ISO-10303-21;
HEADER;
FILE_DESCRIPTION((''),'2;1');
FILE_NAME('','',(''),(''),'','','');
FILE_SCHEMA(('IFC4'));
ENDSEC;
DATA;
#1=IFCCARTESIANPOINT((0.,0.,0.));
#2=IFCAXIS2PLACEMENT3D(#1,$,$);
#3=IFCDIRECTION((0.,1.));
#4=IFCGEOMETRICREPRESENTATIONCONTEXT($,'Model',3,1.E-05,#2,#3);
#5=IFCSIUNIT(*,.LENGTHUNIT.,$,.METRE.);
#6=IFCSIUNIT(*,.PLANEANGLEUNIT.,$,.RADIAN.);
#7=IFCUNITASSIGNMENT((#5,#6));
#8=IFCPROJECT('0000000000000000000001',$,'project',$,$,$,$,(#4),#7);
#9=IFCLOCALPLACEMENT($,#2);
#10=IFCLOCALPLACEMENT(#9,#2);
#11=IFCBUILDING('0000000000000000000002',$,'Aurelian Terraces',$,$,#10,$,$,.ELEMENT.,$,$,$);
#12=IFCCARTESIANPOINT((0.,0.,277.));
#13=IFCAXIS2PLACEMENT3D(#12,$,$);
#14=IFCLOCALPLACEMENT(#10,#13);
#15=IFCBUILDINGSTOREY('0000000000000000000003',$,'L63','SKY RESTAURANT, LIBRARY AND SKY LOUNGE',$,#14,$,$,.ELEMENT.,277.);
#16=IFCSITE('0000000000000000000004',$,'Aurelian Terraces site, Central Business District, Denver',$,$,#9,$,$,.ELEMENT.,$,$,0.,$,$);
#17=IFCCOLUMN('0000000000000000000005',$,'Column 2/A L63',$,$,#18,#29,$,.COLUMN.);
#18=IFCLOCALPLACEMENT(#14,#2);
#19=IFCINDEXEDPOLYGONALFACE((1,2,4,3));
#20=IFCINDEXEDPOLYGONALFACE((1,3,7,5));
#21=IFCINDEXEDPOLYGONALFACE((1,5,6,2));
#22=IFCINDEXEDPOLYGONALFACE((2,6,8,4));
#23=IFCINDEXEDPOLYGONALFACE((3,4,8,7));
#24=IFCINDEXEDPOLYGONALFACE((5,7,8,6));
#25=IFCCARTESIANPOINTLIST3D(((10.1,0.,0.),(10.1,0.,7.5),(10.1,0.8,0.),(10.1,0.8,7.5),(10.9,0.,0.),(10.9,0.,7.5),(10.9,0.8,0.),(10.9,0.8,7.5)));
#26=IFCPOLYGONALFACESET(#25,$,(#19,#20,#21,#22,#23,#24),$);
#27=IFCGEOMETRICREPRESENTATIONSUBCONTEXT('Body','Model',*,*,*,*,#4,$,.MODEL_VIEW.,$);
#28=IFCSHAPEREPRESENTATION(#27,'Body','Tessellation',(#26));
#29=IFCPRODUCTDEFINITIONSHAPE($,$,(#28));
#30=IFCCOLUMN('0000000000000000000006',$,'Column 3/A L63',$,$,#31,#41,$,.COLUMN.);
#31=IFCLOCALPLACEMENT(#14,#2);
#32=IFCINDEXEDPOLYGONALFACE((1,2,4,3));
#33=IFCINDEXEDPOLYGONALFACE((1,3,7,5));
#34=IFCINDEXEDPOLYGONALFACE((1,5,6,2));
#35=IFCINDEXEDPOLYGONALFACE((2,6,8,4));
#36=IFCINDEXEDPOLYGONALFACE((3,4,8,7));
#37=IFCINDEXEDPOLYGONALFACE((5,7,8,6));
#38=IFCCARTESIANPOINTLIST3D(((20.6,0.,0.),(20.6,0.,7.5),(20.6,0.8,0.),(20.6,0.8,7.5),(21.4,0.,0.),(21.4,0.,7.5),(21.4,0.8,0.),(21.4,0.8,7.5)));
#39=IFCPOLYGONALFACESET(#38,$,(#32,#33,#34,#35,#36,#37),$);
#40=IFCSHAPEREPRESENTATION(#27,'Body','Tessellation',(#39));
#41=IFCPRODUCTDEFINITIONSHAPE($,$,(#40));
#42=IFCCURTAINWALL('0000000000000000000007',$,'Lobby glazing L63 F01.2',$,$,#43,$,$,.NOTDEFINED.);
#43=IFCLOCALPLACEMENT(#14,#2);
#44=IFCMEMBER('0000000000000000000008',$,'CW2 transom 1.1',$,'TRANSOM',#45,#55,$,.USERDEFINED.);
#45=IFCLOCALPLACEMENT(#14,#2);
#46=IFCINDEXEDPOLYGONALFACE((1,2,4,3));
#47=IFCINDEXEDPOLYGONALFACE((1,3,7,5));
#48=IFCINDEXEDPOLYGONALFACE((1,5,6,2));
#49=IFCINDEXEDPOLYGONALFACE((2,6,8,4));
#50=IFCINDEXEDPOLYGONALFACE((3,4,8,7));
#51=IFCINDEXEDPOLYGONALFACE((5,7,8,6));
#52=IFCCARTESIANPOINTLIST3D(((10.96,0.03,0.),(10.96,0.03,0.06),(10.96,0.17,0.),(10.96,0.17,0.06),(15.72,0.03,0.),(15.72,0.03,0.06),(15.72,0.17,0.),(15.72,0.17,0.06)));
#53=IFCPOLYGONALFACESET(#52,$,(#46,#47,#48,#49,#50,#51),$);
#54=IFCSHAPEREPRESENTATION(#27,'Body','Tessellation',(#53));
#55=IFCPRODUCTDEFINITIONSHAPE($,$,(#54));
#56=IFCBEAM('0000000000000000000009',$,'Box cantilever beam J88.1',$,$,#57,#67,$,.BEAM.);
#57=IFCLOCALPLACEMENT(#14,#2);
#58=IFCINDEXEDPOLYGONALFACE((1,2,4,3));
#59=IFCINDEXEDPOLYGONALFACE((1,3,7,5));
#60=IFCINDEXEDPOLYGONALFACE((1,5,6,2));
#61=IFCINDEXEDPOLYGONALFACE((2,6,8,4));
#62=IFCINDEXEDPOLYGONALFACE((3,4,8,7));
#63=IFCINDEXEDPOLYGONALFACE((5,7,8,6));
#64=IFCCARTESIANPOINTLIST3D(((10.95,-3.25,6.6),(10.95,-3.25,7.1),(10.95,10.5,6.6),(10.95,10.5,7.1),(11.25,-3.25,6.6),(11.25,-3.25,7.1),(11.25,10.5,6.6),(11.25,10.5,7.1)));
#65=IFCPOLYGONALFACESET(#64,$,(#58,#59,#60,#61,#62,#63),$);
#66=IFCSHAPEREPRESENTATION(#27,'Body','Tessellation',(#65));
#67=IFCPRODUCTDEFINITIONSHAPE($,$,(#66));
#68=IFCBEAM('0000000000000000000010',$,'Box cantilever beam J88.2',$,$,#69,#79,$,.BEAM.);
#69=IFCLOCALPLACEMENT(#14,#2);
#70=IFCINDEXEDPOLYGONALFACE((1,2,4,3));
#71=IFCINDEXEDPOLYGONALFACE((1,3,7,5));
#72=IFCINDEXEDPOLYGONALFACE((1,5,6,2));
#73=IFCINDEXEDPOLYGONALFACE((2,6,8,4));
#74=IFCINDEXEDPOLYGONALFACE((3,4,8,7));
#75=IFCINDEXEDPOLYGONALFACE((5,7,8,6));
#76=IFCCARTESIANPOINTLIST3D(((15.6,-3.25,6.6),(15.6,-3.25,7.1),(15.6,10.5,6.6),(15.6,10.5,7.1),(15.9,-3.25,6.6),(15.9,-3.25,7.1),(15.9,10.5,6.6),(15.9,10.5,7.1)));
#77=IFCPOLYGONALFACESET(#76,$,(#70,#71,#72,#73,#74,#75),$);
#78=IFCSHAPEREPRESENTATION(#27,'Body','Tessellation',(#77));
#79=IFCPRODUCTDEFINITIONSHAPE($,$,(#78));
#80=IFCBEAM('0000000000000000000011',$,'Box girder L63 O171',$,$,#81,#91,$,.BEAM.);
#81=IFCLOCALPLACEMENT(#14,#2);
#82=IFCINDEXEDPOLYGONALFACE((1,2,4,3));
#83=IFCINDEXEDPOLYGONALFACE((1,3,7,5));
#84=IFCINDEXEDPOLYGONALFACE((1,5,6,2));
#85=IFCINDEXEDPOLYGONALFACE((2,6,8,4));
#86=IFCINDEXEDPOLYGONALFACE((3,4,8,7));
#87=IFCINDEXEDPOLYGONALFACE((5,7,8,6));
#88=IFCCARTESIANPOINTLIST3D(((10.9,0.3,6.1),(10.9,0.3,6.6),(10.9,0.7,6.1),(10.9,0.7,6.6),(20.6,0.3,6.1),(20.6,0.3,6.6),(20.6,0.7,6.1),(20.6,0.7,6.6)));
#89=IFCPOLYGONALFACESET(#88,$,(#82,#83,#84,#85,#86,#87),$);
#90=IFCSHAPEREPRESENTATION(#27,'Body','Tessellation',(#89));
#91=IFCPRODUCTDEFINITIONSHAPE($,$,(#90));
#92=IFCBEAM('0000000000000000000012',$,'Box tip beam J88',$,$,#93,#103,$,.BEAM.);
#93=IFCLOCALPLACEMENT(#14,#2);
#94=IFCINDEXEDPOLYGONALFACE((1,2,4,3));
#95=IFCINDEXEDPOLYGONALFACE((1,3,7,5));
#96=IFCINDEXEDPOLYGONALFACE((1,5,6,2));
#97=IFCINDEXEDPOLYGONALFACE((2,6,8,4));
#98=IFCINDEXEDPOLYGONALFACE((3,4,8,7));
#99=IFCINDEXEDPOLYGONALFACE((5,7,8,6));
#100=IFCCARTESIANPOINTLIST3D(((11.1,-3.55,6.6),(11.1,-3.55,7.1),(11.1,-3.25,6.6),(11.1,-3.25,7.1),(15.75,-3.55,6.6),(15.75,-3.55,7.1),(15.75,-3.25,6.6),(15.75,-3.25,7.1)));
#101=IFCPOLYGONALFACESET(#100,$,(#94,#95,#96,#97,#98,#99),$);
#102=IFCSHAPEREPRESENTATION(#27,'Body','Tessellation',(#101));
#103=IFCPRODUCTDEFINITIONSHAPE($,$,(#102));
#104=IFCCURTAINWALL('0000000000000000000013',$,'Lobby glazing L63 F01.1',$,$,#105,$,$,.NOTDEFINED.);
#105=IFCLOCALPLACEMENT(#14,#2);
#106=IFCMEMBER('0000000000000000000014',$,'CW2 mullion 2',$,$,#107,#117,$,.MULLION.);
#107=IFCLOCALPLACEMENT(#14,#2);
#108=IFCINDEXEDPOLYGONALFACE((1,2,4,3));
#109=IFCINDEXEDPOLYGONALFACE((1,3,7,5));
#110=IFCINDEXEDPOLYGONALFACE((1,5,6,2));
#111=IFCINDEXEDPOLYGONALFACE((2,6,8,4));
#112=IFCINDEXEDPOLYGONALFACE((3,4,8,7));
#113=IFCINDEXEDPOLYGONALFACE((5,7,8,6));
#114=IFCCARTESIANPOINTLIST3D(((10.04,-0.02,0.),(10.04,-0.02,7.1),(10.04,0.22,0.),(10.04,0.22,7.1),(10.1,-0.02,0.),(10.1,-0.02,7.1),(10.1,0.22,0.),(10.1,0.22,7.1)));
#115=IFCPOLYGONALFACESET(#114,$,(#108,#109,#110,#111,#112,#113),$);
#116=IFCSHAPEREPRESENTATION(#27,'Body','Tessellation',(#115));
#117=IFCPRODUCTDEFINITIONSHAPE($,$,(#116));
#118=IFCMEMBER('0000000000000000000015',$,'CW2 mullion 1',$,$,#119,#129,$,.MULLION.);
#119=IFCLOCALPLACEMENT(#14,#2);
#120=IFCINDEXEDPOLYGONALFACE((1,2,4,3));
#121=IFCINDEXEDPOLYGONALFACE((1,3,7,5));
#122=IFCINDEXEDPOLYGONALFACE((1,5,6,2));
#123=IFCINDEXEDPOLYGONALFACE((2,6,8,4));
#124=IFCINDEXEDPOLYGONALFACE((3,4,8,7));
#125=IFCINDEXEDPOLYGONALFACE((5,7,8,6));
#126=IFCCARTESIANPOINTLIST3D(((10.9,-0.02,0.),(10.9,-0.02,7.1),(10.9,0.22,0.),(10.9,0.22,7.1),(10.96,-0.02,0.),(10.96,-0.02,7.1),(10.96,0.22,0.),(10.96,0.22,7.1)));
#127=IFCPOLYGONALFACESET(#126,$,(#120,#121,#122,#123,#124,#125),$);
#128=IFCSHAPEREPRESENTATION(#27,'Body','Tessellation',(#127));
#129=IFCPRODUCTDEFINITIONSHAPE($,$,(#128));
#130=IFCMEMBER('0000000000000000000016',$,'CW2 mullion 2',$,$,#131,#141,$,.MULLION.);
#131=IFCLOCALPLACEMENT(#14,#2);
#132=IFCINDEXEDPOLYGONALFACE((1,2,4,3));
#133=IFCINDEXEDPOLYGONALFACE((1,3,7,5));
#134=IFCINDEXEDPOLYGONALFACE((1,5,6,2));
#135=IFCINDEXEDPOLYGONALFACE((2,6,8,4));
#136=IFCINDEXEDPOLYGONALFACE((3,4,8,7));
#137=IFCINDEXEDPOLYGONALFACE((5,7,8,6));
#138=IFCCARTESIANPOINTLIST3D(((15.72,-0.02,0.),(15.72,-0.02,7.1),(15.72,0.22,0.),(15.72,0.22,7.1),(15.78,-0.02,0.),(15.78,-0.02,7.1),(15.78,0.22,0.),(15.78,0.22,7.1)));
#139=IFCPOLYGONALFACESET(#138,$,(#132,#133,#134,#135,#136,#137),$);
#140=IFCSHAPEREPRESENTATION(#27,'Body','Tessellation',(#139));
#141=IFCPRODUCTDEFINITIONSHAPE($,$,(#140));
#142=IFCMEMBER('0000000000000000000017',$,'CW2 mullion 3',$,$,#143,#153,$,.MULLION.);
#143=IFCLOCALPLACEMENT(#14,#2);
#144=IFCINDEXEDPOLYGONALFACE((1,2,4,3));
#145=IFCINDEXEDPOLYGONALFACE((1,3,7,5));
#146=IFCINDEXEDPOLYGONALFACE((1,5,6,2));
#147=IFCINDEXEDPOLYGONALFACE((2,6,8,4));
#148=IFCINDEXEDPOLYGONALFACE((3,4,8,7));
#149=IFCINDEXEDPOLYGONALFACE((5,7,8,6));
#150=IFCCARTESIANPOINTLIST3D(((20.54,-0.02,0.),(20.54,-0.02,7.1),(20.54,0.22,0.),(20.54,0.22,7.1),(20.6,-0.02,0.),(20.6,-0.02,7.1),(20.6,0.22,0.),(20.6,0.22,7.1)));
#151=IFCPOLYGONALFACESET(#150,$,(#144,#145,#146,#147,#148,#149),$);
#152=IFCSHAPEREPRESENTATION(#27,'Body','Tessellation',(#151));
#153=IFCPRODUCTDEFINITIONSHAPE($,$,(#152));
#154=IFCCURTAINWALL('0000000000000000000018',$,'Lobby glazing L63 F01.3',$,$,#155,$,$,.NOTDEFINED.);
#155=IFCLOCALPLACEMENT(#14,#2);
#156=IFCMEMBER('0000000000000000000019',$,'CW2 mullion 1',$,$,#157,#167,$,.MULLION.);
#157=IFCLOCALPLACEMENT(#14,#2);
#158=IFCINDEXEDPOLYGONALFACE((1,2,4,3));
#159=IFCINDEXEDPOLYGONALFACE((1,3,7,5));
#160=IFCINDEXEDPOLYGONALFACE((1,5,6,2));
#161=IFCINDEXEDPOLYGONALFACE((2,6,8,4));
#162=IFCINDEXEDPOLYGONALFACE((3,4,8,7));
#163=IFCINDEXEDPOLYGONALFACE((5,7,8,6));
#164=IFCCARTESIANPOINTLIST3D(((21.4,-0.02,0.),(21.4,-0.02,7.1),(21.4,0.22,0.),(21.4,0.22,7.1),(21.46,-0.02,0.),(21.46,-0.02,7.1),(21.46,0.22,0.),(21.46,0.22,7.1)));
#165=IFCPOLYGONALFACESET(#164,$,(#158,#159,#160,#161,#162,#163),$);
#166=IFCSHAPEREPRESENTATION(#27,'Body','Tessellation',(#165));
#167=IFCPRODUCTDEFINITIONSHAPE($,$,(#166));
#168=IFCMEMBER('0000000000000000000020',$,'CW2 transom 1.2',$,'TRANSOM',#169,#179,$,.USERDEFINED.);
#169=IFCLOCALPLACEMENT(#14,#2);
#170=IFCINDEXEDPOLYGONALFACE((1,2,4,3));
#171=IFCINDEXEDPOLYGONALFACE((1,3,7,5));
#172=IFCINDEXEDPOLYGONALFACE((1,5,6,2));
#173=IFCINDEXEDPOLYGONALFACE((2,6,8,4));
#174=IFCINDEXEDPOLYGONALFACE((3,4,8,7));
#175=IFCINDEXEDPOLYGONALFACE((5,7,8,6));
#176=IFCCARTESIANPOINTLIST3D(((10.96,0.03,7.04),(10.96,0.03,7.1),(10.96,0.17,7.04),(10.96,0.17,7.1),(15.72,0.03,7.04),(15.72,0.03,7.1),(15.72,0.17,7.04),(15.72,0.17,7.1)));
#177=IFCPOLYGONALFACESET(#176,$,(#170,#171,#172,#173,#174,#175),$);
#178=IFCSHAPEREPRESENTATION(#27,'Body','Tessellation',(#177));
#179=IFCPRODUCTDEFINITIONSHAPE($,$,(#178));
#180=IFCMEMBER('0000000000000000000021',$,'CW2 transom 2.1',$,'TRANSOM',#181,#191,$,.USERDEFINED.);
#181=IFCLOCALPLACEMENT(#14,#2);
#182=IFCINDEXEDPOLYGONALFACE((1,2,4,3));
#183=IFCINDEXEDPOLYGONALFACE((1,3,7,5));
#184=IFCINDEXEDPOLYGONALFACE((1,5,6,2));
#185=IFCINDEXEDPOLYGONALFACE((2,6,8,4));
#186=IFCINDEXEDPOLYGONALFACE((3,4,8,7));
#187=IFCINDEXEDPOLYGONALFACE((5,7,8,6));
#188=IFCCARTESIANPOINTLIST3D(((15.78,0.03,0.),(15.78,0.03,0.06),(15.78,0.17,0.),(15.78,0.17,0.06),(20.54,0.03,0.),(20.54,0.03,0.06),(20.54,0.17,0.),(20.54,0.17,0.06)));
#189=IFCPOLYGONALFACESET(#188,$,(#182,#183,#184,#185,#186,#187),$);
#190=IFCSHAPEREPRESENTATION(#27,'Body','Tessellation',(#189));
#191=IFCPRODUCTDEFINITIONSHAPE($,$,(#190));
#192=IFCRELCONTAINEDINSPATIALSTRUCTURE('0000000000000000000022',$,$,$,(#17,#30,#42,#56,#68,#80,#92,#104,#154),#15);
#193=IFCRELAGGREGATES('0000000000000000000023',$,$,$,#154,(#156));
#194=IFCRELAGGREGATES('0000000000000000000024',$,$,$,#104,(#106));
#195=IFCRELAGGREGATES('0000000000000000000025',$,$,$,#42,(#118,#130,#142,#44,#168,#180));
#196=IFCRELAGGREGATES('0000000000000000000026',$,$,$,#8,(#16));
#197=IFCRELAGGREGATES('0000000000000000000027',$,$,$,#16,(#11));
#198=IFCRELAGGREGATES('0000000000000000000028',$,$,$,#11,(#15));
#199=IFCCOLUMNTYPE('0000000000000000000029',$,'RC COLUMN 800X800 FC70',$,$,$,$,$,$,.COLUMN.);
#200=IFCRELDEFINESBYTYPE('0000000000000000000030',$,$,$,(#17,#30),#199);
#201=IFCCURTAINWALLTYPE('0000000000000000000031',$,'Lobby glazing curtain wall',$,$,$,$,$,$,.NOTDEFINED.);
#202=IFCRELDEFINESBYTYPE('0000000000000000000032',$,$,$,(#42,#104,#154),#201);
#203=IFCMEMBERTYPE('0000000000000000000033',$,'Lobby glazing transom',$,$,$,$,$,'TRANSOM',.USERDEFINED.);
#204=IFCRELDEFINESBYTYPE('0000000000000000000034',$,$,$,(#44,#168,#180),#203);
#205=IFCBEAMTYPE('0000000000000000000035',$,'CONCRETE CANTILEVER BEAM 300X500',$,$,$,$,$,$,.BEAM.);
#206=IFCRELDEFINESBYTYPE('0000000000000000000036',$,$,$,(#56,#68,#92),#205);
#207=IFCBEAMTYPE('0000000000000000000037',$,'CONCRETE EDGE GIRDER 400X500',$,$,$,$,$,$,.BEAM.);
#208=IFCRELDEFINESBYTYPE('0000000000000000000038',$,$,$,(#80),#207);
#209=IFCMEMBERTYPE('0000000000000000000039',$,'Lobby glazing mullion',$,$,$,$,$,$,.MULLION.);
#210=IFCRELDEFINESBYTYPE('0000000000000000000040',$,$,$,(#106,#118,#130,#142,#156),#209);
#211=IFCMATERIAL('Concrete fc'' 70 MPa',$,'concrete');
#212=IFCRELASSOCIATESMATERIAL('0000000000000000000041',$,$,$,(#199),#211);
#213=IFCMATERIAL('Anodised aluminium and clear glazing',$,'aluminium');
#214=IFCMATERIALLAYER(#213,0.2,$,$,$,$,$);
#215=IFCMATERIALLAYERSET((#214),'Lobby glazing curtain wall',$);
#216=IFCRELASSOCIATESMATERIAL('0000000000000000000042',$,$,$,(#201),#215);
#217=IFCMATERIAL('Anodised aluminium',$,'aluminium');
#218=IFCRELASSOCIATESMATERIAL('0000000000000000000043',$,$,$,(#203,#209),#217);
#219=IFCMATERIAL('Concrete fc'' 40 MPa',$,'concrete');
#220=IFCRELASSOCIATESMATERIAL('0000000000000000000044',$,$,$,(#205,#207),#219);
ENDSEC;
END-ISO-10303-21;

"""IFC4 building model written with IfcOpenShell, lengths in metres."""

from ifc_helpers import new_model, si_unit, direction, frame, origin, origin_2d, place, context, subcontext, project, spatial, rectangle, extrude, source, transform, mapped, material, layer, layer_set, material_profile, profile_set, type_object, element, aggregate, save


model = new_model("IFC4")

# Units and contexts
model_context = context("Model", 3, precision=1e-05, world=origin(), true_north=direction((0.0, 1.0)))
body_context = subcontext(model_context, "Body", "Model", "MODEL_VIEW")
ifc_project = project(units=[si_unit("LENGTHUNIT", "METRE"), si_unit("PLANEANGLEUNIT", "RADIAN")], contexts=[model_context])

# Site, building, storey
site_placement = place(None, origin())
site = spatial("IfcSite", under=ifc_project, at=site_placement, Name="Aurelian Terraces site, Central Business District, Denver", CompositionType="ELEMENT", RefElevation=0.0)
building_placement = place(site_placement, origin())
building = spatial("IfcBuilding", under=site, at=building_placement, Name="Aurelian Terraces", CompositionType="ELEMENT")
storey_placement = place(building_placement, frame((0.0, 0.0, 277.0)))
storey = spatial("IfcBuildingStorey", under=building, at=storey_placement, Name="L63", Description="SKY RESTAURANT, LIBRARY AND SKY LOUNGE", CompositionType="ELEMENT", Elevation=277.0)

# Columns
ifc_material_1 = material(Name="Concrete fc' 70 MPa", Category="concrete")
ifc_material_profile_1 = material_profile(ifc_material_1, rectangle(XDim=0.8, YDim=0.8, at=origin_2d()))
ifc_profile_set_1 = profile_set([ifc_material_profile_1], Name="Concrete fc' 70 MPa")
column_type = type_object("IfcColumnType", Name="RC COLUMN 800X800 FC70", PredefinedType="COLUMN", material=ifc_profile_set_1)
column_1_placement = place(storey_placement, frame((10.5, 0.4, 0.0), z_axis=(0.0, 0.0, 1.0), x_axis=(1.0, 0.0, 0.0)))
element("IfcColumn", 1, at=column_1_placement, inside=storey, type_object=column_type, Name="Column 2/A L63", PredefinedType="COLUMN", context=body_context, shape_type="SweptSolid", body=[
    extrude(rectangle(XDim=0.8, YDim=0.8, at=origin_2d()), origin(), (0.0, 0.0, 1.0), 7.5),
])
shared_shape_1 = source(origin(), body_context, "Body", "SweptSolid", [
    extrude(rectangle(XDim=0.8, YDim=0.8, at=origin_2d()), origin(), (0.0, 0.0, 1.0), 7.5),
])
column_2_placement = place(storey_placement, frame((21.0, 0.4, 0.0), z_axis=(0.0, 0.0, 1.0), x_axis=(1.0, 0.0, 0.0)))
element("IfcColumn", 2, at=column_2_placement, inside=storey, type_object=column_type, Name="Column 3/A L63", PredefinedType="COLUMN", context=body_context, shape_type="MappedRepresentation", body=[
    mapped(shared_shape_1, transform((0.0, 0.0, 0.0), scale=1.0)),
])

# Curtain wall, member
ifc_material_2 = material(Name="Anodised aluminium and clear glazing", Category="aluminium")
ifc_layer_1 = layer(ifc_material_2, 0.2)
ifc_layer_set_1 = layer_set([ifc_layer_1], Name="Lobby glazing curtain wall")
curtain_wall_type = type_object("IfcCurtainWallType", Name="Lobby glazing curtain wall", PredefinedType="NOTDEFINED", material=ifc_layer_set_1)
curtain_wall_1_placement = place(storey_placement, origin())
curtain_wall_1 = element("IfcCurtainWall", 3, at=curtain_wall_1_placement, inside=storey, type_object=curtain_wall_type, Name="Lobby glazing L63 F01.2", PredefinedType="NOTDEFINED")
ifc_material_3 = material(Name="Anodised aluminium", Category="aluminium")
ifc_material_profile_2 = material_profile(ifc_material_3, rectangle(XDim=0.14, YDim=0.06, at=origin_2d()))
ifc_profile_set_2 = profile_set([ifc_material_profile_2], Name="Anodised aluminium")
member_type_1 = type_object("IfcMemberType", Name="Lobby glazing transom", ElementType="TRANSOM", PredefinedType="USERDEFINED", material=ifc_profile_set_2)
member_1_placement = place(storey_placement, frame((10.96, 0.1, 0.03), z_axis=(1.0, 0.0, 0.0), x_axis=(0.0, 1.0, 0.0)))
member_1 = element("IfcMember", 4, at=member_1_placement, type_object=member_type_1, Name="CW2 transom 1.1", ObjectType="TRANSOM", PredefinedType="USERDEFINED", context=body_context, shape_type="SweptSolid", body=[
    extrude(rectangle(XDim=0.14, YDim=0.06, at=origin_2d()), origin(), (0.0, 0.0, 1.0), 4.76),
])

# Beams
ifc_material_4 = material(Name="Concrete fc' 40 MPa", Category="concrete")
ifc_material_profile_3 = material_profile(ifc_material_4, rectangle(XDim=0.3, YDim=0.5, at=origin_2d()))
ifc_profile_set_3 = profile_set([ifc_material_profile_3], Name="Concrete fc' 40 MPa")
beam_type_1 = type_object("IfcBeamType", Name="CONCRETE CANTILEVER BEAM 300X500", PredefinedType="BEAM", material=ifc_profile_set_3)
shared_shape_2 = source(origin(), body_context, "Body", "SweptSolid", [
    extrude(rectangle(XDim=0.3, YDim=0.5, at=origin_2d()), origin(), (0.0, 0.0, 1.0), 13.75),
])
for number, where, z_axis, x_axis, name in (
    (5, (11.1, -3.25, 6.85), (0.0, 1.0, 0.0), (-1.0, 0.0, 0.0), "Box cantilever beam J88.1"),
    (6, (15.75, -3.25, 6.85), (0.0, 1.0, 0.0), (-1.0, 0.0, 0.0), "Box cantilever beam J88.2"),
):
    element("IfcBeam", number, at=place(storey_placement, frame(where, z_axis=z_axis, x_axis=x_axis)), inside=storey, type_object=beam_type_1, Name=name, PredefinedType="BEAM", context=body_context, shape_type="MappedRepresentation", body=[
        mapped(shared_shape_2, transform((0.0, 0.0, 0.0), scale=1.0)),
    ])
ifc_material_profile_4 = material_profile(ifc_material_4, rectangle(XDim=0.4, YDim=0.5, at=origin_2d()))
ifc_profile_set_4 = profile_set([ifc_material_profile_4], Name="Concrete fc' 40 MPa")
beam_type_2 = type_object("IfcBeamType", Name="CONCRETE EDGE GIRDER 400X500", PredefinedType="BEAM", material=ifc_profile_set_4)
shared_shape_3 = source(origin(), body_context, "Body", "SweptSolid", [
    extrude(rectangle(XDim=0.4, YDim=0.5, at=origin_2d()), origin(), (0.0, 0.0, 1.0), 9.7),
])
beam_1_placement = place(storey_placement, frame((10.9, 0.5, 6.35), z_axis=(1.0, 0.0, 0.0), x_axis=(0.0, 1.0, 0.0)))
element("IfcBeam", 7, at=beam_1_placement, inside=storey, type_object=beam_type_2, Name="Box girder L63 O171", PredefinedType="BEAM", context=body_context, shape_type="MappedRepresentation", body=[
    mapped(shared_shape_3, transform((0.0, 0.0, 0.0), scale=1.0)),
])
shared_shape_4 = source(origin(), body_context, "Body", "SweptSolid", [
    extrude(rectangle(XDim=0.3, YDim=0.5, at=origin_2d()), origin(), (0.0, 0.0, 1.0), 4.65),
])
beam_2_placement = place(storey_placement, frame((11.1, -3.4, 6.85), z_axis=(1.0, 0.0, 0.0), x_axis=(0.0, 1.0, 0.0)))
element("IfcBeam", 8, at=beam_2_placement, inside=storey, type_object=beam_type_1, Name="Box tip beam J88", PredefinedType="BEAM", context=body_context, shape_type="MappedRepresentation", body=[
    mapped(shared_shape_4, transform((0.0, 0.0, 0.0), scale=1.0)),
])

# Curtain wall, member
curtain_wall_2_placement = place(storey_placement, origin())
curtain_wall_2 = element("IfcCurtainWall", 9, at=curtain_wall_2_placement, inside=storey, type_object=curtain_wall_type, Name="Lobby glazing L63 F01.1", PredefinedType="NOTDEFINED")
ifc_material_profile_5 = material_profile(ifc_material_3, rectangle(XDim=0.24, YDim=0.06, at=origin_2d()))
ifc_profile_set_5 = profile_set([ifc_material_profile_5], Name="Anodised aluminium")
member_type_2 = type_object("IfcMemberType", Name="Lobby glazing mullion", PredefinedType="MULLION", material=ifc_profile_set_5)
shared_shape_5 = source(origin(), body_context, "Body", "SweptSolid", [
    extrude(rectangle(XDim=0.24, YDim=0.06, at=origin_2d()), origin(), (0.0, 0.0, 1.0), 7.1),
])
member_2_placement = place(storey_placement, frame((10.07, 0.1, 0.0), z_axis=(0.0, 0.0, 1.0), x_axis=(0.0, 1.0, 0.0)))
member_2 = element("IfcMember", 10, at=member_2_placement, type_object=member_type_2, Name="CW2 mullion 2", PredefinedType="MULLION", context=body_context, shape_type="MappedRepresentation", body=[
    mapped(shared_shape_5, transform((0.0, 0.0, 0.0), scale=1.0)),
])

# Members
member_3_placement = place(storey_placement, frame((10.93, 0.1, 0.0), z_axis=(0.0, 0.0, 1.0), x_axis=(0.0, 1.0, 0.0)))
member_3 = element("IfcMember", 11, at=member_3_placement, type_object=member_type_2, Name="CW2 mullion 1", PredefinedType="MULLION", context=body_context, shape_type="MappedRepresentation", body=[
    mapped(shared_shape_5, transform((0.0, 0.0, 0.0), scale=1.0)),
])
member_4_placement = place(storey_placement, frame((15.75, 0.1, 0.0), z_axis=(0.0, 0.0, 1.0), x_axis=(0.0, 1.0, 0.0)))
member_4 = element("IfcMember", 12, at=member_4_placement, type_object=member_type_2, Name="CW2 mullion 2", PredefinedType="MULLION", context=body_context, shape_type="MappedRepresentation", body=[
    mapped(shared_shape_5, transform((0.0, 0.0, 0.0), scale=1.0)),
])
member_5_placement = place(storey_placement, frame((20.57, 0.1, 0.0), z_axis=(0.0, 0.0, 1.0), x_axis=(0.0, 1.0, 0.0)))
member_5 = element("IfcMember", 13, at=member_5_placement, type_object=member_type_2, Name="CW2 mullion 3", PredefinedType="MULLION", context=body_context, shape_type="MappedRepresentation", body=[
    mapped(shared_shape_5, transform((0.0, 0.0, 0.0), scale=1.0)),
])

# Curtain wall, member
curtain_wall_3_placement = place(storey_placement, origin())
curtain_wall_3 = element("IfcCurtainWall", 14, at=curtain_wall_3_placement, inside=storey, type_object=curtain_wall_type, Name="Lobby glazing L63 F01.3", PredefinedType="NOTDEFINED")
member_6_placement = place(storey_placement, frame((21.43, 0.1, 0.0), z_axis=(0.0, 0.0, 1.0), x_axis=(0.0, 1.0, 0.0)))
member_6 = element("IfcMember", 15, at=member_6_placement, type_object=member_type_2, Name="CW2 mullion 1", PredefinedType="MULLION", context=body_context, shape_type="MappedRepresentation", body=[
    mapped(shared_shape_5, transform((0.0, 0.0, 0.0), scale=1.0)),
])
aggregate(curtain_wall_3, [member_6])

# Members
shared_shape_6 = source(origin(), body_context, "Body", "SweptSolid", [
    extrude(rectangle(XDim=0.14, YDim=0.06, at=origin_2d()), origin(), (0.0, 0.0, 1.0), 4.76),
])
member_7_placement = place(storey_placement, frame((10.96, 0.1, 7.07), z_axis=(1.0, 0.0, 0.0), x_axis=(0.0, 1.0, 0.0)))
member_7 = element("IfcMember", 16, at=member_7_placement, type_object=member_type_1, Name="CW2 transom 1.2", ObjectType="TRANSOM", PredefinedType="USERDEFINED", context=body_context, shape_type="MappedRepresentation", body=[
    mapped(shared_shape_6, transform((0.0, 0.0, 0.0), scale=1.0)),
])
member_8_placement = place(storey_placement, frame((15.78, 0.1, 0.03), z_axis=(1.0, 0.0, 0.0), x_axis=(0.0, 1.0, 0.0)))
member_8 = element("IfcMember", 17, at=member_8_placement, type_object=member_type_1, Name="CW2 transom 2.1", ObjectType="TRANSOM", PredefinedType="USERDEFINED", context=body_context, shape_type="MappedRepresentation", body=[
    mapped(shared_shape_6, transform((0.0, 0.0, 0.0), scale=1.0)),
])

aggregate(curtain_wall_2, [member_2])
aggregate(curtain_wall_1, [member_3, member_4, member_5, member_1, member_7, member_8])

save(model, "model.ifc")
